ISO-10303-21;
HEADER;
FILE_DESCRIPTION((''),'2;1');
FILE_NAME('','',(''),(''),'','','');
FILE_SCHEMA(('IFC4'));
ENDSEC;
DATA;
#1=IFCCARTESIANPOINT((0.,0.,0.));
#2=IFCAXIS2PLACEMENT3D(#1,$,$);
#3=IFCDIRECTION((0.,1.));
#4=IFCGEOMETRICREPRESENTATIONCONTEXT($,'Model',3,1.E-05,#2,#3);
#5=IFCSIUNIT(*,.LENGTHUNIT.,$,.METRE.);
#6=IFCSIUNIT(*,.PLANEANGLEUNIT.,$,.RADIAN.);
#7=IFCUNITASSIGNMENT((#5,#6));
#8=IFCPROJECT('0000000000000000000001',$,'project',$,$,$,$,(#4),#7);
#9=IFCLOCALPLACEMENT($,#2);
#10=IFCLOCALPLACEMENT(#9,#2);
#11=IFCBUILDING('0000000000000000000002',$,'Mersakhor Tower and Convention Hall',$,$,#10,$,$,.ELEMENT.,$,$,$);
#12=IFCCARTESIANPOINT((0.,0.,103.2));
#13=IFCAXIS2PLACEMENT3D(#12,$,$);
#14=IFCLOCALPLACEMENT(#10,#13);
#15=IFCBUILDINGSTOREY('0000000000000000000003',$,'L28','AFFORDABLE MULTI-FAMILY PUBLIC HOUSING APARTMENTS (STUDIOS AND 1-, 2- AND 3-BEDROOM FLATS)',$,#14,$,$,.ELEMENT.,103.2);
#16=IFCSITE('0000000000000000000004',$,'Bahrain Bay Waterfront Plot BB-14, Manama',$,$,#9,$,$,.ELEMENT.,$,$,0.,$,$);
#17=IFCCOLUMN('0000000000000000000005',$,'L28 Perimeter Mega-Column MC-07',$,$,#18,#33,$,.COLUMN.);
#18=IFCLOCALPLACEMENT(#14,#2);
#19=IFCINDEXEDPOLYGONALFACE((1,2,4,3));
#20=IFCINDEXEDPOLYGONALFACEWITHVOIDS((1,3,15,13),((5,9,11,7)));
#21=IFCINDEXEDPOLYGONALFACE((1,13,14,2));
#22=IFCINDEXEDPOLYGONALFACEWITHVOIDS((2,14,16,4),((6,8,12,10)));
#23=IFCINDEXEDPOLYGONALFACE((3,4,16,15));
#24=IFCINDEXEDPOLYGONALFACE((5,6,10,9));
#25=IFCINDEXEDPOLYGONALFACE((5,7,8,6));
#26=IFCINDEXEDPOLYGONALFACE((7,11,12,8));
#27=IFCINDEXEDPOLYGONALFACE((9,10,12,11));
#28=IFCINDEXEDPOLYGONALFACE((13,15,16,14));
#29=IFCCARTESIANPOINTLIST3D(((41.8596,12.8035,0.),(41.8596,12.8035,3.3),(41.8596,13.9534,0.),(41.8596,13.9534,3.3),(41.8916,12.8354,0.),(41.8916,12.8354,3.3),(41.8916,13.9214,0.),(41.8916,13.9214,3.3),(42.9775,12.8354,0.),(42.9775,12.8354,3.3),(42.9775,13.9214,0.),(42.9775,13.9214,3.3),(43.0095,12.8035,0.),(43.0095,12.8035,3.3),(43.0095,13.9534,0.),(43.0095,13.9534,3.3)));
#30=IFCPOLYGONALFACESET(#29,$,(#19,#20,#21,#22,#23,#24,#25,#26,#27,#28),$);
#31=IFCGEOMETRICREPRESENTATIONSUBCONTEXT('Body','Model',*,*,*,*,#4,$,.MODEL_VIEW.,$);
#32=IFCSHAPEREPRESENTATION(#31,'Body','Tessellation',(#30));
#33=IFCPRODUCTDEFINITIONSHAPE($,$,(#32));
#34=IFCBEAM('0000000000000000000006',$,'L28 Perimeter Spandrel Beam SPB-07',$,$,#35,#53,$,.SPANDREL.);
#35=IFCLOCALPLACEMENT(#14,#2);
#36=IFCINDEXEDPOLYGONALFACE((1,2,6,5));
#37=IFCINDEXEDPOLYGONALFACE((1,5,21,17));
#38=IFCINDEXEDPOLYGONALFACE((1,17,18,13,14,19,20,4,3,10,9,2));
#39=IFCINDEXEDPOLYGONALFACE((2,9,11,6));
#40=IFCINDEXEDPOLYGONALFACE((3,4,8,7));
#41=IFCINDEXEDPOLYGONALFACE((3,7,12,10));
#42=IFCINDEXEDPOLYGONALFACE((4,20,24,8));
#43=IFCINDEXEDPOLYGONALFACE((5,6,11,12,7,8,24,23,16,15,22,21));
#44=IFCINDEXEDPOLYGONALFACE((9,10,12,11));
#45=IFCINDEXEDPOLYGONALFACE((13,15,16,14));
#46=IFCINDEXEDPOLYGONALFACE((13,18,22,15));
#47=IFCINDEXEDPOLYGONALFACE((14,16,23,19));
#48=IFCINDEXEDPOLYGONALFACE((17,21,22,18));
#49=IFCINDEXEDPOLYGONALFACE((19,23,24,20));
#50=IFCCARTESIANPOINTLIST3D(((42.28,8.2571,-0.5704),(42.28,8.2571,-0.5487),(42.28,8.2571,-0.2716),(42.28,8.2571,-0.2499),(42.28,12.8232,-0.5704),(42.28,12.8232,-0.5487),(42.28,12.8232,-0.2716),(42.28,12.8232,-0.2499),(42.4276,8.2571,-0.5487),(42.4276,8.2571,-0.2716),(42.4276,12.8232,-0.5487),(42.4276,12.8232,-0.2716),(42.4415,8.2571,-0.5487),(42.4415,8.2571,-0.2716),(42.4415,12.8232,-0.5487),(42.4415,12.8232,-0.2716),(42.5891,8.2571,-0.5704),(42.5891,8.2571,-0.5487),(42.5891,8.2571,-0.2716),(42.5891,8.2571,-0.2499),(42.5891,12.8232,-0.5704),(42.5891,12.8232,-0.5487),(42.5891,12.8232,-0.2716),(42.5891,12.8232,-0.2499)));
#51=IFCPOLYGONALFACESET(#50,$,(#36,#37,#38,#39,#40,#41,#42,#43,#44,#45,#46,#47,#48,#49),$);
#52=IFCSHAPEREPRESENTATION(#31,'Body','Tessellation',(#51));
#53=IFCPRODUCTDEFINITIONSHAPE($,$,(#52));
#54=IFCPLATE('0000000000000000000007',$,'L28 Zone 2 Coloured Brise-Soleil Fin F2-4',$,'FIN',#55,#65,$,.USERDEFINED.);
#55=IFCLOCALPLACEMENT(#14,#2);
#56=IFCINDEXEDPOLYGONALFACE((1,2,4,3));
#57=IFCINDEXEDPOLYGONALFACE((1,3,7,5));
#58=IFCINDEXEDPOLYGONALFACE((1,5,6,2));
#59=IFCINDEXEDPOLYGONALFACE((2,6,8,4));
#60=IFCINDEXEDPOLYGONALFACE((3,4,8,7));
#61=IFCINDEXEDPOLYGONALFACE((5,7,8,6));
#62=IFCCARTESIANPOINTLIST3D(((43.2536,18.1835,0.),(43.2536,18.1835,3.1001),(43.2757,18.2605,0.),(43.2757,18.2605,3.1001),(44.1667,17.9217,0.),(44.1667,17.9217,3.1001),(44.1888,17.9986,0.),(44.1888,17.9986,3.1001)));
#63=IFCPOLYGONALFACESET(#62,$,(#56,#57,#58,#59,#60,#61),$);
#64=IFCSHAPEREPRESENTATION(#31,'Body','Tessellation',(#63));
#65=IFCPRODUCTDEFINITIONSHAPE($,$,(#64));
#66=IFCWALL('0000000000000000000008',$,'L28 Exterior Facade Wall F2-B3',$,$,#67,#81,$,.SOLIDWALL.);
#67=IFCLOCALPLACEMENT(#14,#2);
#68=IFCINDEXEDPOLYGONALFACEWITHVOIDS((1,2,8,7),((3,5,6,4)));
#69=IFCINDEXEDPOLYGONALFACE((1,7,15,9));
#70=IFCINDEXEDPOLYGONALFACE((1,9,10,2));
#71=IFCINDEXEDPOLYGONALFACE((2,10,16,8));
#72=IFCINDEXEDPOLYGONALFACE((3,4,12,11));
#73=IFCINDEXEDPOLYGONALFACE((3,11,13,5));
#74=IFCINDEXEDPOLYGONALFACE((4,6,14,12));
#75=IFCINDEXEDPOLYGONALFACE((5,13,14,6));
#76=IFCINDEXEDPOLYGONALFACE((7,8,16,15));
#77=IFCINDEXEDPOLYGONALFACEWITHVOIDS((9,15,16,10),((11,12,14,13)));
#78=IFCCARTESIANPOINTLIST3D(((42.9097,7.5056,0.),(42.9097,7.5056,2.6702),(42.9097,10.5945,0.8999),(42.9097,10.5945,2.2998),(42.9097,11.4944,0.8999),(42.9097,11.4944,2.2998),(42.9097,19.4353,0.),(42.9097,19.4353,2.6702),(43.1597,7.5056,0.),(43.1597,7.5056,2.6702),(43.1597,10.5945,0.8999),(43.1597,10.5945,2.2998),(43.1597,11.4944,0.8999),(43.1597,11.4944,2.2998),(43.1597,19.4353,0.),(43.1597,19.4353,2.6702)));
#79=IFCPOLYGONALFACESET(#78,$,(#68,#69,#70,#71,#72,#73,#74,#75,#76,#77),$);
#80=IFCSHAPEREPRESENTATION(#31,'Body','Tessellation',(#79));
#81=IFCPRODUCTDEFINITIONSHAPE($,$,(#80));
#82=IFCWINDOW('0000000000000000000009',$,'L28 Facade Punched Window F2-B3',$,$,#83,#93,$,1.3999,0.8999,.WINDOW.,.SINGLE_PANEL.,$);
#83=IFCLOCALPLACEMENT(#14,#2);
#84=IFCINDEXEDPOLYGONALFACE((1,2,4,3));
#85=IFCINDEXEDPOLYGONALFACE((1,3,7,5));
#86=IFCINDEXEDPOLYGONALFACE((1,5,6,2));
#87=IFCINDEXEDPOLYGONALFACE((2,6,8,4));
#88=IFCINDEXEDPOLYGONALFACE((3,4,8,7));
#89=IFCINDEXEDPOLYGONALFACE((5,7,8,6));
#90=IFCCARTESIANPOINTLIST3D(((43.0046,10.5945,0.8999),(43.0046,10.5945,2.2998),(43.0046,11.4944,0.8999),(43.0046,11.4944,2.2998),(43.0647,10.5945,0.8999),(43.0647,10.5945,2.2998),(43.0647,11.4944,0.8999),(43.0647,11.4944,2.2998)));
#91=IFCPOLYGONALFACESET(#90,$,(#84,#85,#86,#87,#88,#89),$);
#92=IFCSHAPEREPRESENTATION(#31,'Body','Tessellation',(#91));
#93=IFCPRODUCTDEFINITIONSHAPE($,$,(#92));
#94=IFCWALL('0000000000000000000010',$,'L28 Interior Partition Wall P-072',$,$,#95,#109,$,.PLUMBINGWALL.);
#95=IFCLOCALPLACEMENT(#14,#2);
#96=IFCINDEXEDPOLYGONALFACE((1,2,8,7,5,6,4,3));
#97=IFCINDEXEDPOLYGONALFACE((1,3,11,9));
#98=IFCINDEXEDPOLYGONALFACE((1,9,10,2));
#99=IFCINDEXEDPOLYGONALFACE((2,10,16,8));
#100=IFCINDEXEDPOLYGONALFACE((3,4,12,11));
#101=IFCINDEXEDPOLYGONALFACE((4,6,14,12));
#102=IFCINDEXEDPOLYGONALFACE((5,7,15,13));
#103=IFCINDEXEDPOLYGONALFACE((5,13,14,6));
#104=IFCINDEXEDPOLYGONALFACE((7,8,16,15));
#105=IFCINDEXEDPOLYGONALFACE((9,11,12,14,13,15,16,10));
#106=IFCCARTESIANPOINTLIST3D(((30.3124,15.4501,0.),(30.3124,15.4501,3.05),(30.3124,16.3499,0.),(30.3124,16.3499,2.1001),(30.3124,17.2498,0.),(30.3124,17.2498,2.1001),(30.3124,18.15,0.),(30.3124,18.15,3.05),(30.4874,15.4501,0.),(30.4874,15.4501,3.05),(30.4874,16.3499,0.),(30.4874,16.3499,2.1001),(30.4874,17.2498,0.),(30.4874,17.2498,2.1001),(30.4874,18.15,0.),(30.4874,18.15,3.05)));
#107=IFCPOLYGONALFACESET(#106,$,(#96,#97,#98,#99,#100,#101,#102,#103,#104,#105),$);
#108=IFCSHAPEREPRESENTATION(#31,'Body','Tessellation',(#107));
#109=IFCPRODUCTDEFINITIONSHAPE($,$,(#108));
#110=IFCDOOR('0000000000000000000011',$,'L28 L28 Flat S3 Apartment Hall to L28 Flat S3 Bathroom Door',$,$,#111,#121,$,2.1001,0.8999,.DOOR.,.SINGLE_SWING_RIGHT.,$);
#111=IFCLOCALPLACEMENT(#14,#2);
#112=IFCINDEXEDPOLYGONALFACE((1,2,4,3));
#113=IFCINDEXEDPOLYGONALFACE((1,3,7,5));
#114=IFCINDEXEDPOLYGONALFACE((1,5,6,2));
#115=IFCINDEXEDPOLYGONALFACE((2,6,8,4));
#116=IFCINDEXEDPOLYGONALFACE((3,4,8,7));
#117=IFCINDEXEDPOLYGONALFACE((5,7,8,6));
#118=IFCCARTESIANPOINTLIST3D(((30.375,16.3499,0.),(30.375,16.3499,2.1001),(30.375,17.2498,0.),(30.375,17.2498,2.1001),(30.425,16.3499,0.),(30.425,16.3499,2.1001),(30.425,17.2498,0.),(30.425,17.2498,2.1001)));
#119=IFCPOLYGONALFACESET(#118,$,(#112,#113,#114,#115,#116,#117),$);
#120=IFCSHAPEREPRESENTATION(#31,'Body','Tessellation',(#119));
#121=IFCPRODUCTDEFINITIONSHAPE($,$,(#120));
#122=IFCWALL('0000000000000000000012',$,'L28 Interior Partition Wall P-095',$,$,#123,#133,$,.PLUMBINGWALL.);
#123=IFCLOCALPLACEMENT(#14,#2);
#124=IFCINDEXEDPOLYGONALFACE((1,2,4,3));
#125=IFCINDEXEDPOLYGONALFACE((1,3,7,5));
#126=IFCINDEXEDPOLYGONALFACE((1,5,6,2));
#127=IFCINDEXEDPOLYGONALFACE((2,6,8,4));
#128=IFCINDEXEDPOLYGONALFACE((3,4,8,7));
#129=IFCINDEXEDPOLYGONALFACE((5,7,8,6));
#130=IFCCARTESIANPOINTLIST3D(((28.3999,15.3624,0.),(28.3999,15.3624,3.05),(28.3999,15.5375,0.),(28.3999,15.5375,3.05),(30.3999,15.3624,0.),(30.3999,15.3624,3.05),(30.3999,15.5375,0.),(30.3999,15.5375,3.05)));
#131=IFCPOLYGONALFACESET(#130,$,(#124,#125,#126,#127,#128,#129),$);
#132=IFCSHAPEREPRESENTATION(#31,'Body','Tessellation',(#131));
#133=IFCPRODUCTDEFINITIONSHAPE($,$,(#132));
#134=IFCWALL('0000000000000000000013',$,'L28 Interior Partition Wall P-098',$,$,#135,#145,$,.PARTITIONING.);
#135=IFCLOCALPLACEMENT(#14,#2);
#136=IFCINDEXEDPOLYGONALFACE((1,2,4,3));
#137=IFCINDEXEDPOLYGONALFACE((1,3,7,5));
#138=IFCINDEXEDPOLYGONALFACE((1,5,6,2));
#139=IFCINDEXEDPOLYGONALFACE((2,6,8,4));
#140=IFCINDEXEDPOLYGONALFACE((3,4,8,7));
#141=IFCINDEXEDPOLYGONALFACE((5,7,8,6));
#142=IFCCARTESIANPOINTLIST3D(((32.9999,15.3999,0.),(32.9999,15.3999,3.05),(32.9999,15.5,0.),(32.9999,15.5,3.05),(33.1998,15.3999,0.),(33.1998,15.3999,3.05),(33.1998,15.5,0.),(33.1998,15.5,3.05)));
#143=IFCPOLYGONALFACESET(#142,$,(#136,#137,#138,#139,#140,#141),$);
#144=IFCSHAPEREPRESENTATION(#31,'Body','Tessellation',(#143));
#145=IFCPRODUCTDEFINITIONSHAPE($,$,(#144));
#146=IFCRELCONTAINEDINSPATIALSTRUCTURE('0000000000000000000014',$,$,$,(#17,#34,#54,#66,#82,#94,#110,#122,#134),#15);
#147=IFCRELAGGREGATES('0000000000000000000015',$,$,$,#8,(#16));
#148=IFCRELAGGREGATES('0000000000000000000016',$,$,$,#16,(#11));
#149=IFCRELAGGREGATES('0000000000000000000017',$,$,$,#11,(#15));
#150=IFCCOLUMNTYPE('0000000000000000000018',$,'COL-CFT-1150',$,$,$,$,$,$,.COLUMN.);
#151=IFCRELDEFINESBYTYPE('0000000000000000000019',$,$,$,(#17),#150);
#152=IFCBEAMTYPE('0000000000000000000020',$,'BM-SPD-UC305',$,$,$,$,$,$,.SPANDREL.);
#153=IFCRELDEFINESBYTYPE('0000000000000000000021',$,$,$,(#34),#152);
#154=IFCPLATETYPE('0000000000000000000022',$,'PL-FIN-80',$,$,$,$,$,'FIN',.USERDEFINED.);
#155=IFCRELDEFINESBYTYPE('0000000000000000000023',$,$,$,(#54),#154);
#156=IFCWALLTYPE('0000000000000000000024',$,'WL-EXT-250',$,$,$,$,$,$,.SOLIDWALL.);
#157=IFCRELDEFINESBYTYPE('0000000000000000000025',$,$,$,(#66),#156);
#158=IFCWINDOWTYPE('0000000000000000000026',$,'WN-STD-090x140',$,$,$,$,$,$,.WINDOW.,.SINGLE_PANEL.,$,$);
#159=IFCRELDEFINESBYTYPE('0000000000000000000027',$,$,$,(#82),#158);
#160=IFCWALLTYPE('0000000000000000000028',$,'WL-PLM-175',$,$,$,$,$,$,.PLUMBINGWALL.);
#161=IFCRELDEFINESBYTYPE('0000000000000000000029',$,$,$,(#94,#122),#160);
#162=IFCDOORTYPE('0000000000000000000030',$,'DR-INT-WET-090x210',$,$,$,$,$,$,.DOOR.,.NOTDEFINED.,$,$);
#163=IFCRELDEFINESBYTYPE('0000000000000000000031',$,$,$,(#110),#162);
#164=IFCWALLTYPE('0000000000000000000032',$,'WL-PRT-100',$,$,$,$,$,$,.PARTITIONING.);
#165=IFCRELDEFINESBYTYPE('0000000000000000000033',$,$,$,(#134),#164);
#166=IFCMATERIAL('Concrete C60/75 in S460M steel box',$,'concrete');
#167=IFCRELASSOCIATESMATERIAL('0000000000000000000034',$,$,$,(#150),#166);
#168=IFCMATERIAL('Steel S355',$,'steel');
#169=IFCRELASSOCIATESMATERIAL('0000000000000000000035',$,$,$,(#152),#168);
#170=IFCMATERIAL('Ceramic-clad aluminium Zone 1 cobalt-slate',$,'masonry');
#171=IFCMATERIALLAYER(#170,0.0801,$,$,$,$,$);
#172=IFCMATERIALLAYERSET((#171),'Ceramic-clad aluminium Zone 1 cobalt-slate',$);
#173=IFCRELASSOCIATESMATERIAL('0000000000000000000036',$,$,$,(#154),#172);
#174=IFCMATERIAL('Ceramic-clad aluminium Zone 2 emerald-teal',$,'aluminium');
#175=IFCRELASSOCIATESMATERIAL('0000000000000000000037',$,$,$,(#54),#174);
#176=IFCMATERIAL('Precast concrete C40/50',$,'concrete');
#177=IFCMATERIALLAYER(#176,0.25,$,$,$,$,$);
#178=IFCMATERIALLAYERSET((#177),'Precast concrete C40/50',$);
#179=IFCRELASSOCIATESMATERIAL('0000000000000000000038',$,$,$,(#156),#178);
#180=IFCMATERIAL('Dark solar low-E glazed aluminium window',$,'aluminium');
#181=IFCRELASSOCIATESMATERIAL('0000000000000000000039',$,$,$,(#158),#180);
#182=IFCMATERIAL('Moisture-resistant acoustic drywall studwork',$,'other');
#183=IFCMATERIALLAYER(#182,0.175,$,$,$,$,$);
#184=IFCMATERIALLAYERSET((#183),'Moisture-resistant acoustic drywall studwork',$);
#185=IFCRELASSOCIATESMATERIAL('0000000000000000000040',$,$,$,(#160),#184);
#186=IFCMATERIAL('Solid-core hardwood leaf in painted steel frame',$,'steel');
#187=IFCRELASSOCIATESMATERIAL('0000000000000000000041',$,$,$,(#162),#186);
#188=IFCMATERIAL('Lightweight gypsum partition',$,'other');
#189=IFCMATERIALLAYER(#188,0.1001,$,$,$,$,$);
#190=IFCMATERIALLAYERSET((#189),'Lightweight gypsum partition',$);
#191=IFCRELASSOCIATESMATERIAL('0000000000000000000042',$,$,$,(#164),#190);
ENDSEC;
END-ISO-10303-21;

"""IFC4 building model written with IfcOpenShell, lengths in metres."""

from ifc_helpers import new_model, si_unit, direction, frame, frame_2d, origin, origin_2d, place, context, subcontext, project, spatial, rectangle, hollow_rectangle, i_section, extrude, material, layer, layer_set, material_profile, profile_set, type_object, element, fill, save


model = new_model("IFC4")

# Units and contexts
model_context = context("Model", 3, precision=1e-05, world=origin(), true_north=direction((0.0, 1.0)))
body_context = subcontext(model_context, "Body", "Model", "MODEL_VIEW")
ifc_project = project(units=[si_unit("LENGTHUNIT", "METRE"), si_unit("PLANEANGLEUNIT", "RADIAN")], contexts=[model_context])

# Site, building, storey
site_placement = place(None, origin())
site = spatial("IfcSite", under=ifc_project, at=site_placement, Name="Bahrain Bay Waterfront Plot BB-14, Manama", CompositionType="ELEMENT", RefElevation=0.0)
building_placement = place(site_placement, origin())
building = spatial("IfcBuilding", under=site, at=building_placement, Name="Mersakhor Tower and Convention Hall", CompositionType="ELEMENT")
storey_placement = place(building_placement, frame((0.0, 0.0, 103.2)))
storey = spatial("IfcBuildingStorey", under=building, at=storey_placement, Name="L28", Description="AFFORDABLE MULTI-FAMILY PUBLIC HOUSING APARTMENTS (STUDIOS AND 1-, 2- AND 3-BEDROOM FLATS)", CompositionType="ELEMENT", Elevation=103.2)

# Column
ifc_material_1 = material(Name="Concrete C60/75 in S460M steel box", Category="concrete")
ifc_material_profile_1 = material_profile(ifc_material_1, hollow_rectangle(XDim=1.1499, YDim=1.1499, WallThickness=0.032, at=origin_2d()), Name="SHS 1150x1150x32")
ifc_profile_set_1 = profile_set([ifc_material_profile_1], Name="Concrete C60/75 in S460M steel box")
column_type = type_object("IfcColumnType", Name="COL-CFT-1150", PredefinedType="COLUMN", material=ifc_profile_set_1)
column_placement = place(storey_placement, frame((42.4346, 13.3784, 0.0), z_axis=(0.0, 0.0, 1.0), x_axis=(1.0, 0.0, 0.0)))
element("IfcColumn", 1, at=column_placement, inside=storey, type_object=column_type, Name="L28 Perimeter Mega-Column MC-07", PredefinedType="COLUMN", context=body_context, shape_type="SweptSolid", body=[
    extrude(hollow_rectangle(XDim=1.1499, YDim=1.1499, WallThickness=0.032, at=origin_2d()), origin(), (0.0, 0.0, 1.0), 3.3),
])

# Beam
ifc_material_2 = material(Name="Steel S355", Category="steel")
ifc_material_profile_2 = material_profile(ifc_material_2, i_section(OverallWidth=0.3091, OverallDepth=0.3206, WebThickness=0.0139, FlangeThickness=0.0217, at=origin_2d()), Name="UC 305x305x137")
ifc_profile_set_2 = profile_set([ifc_material_profile_2], Name="Steel S355")
beam_type = type_object("IfcBeamType", Name="BM-SPD-UC305", PredefinedType="SPANDREL", material=ifc_profile_set_2)
beam_placement = place(storey_placement, frame((42.4346, 12.8232, -0.4102), z_axis=(0.0, -1.0, 0.0), x_axis=(1.0, 0.0, 0.0)))
element("IfcBeam", 2, at=beam_placement, inside=storey, type_object=beam_type, Name="L28 Perimeter Spandrel Beam SPB-07", PredefinedType="SPANDREL", context=body_context, shape_type="SweptSolid", body=[
    extrude(i_section(OverallWidth=0.3091, OverallDepth=0.3206, WebThickness=0.0139, FlangeThickness=0.0217, at=origin_2d()), origin(), (0.0, 0.0, 1.0), 4.5662),
])

# Plate
ifc_material_3 = material(Name="Ceramic-clad aluminium Zone 2 emerald-teal", Category="aluminium")
ifc_material_4 = material(Name="Ceramic-clad aluminium Zone 1 cobalt-slate", Category="masonry")
ifc_layer_1 = layer(ifc_material_4, 0.0801)
ifc_layer_set_1 = layer_set([ifc_layer_1], Name="Ceramic-clad aluminium Zone 1 cobalt-slate")
plate_type = type_object("IfcPlateType", Name="PL-FIN-80", ElementType="FIN", PredefinedType="USERDEFINED", material=ifc_layer_set_1)
plate_placement = place(storey_placement, frame((43.7212, 18.0911, 0.0), z_axis=(0.0, 0.0, 1.0), x_axis=(0.961262, -0.275637, 0.0)))
element("IfcPlate", 3, at=plate_placement, inside=storey, type_object=plate_type, material=ifc_material_3, Name="L28 Zone 2 Coloured Brise-Soleil Fin F2-4", ObjectType="FIN", PredefinedType="USERDEFINED", context=body_context, shape_type="SweptSolid", body=[
    extrude(rectangle(XDim=0.95, YDim=0.0801, at=origin_2d()), origin(), (0.0, 0.0, 1.0), 3.1001),
])

# Wall, opening, window
ifc_material_5 = material(Name="Precast concrete C40/50", Category="concrete")
ifc_layer_2 = layer(ifc_material_5, 0.25)
ifc_layer_set_2 = layer_set([ifc_layer_2], Name="Precast concrete C40/50")
wall_type_1 = type_object("IfcWallType", Name="WL-EXT-250", PredefinedType="SOLIDWALL", material=ifc_layer_set_2)
wall_1_placement = place(storey_placement, frame((43.0347, 19.4353, 0.0), z_axis=(0.0, 0.0, 1.0), x_axis=(0.0, -1.0, 0.0)))
wall_1 = element("IfcWall", 4, at=wall_1_placement, inside=storey, type_object=wall_type_1, Name="L28 Exterior Facade Wall F2-B3", PredefinedType="SOLIDWALL", context=body_context, shape_type="SweptSolid", body=[
    extrude(rectangle(XDim=11.9297, YDim=0.25, at=frame_2d((5.9648, 0.0))), origin(), (0.0, 0.0, 1.0), 2.6702),
])
opening_1_placement = place(wall_1_placement, frame((7.9409, 0.0, 0.8999)))
opening_1 = element("IfcOpeningElement", 5, at=opening_1_placement, cuts=wall_1, PredefinedType="OPENING", context=body_context, shape_type="SweptSolid", body=[
    extrude(rectangle(XDim=0.8999, YDim=1.3999, at=frame_2d((0.45, 0.7))), frame((0.0, 0.135, 0.0), z_axis=(0.0, -1.0, 0.0), x_axis=(1.0, 0.0, 0.0)), (0.0, 0.0, 1.0), 0.27),
])
ifc_material_6 = material(Name="Dark solar low-E glazed aluminium window", Category="aluminium")
window_type = type_object("IfcWindowType", Name="WN-STD-090x140", PartitioningType="SINGLE_PANEL", PredefinedType="WINDOW", material=ifc_material_6)
window_placement = place(opening_1_placement, origin())
window = element("IfcWindow", 6, at=window_placement, inside=storey, type_object=window_type, Name="L28 Facade Punched Window F2-B3", OverallHeight=1.3999, OverallWidth=0.8999, PartitioningType="SINGLE_PANEL", PredefinedType="WINDOW", context=body_context, shape_type="SweptSolid", body=[
    extrude(rectangle(XDim=0.8999, YDim=1.3999, at=frame_2d((0.45, 0.7))), frame((0.0, 0.03, 0.0), z_axis=(0.0, -1.0, 0.0), x_axis=(1.0, 0.0, 0.0)), (0.0, 0.0, 1.0), 0.0601),
])
fill(opening_1, window)

# Wall, opening, door
ifc_material_7 = material(Name="Moisture-resistant acoustic drywall studwork", Category="other")
ifc_layer_3 = layer(ifc_material_7, 0.175)
ifc_layer_set_3 = layer_set([ifc_layer_3], Name="Moisture-resistant acoustic drywall studwork")
wall_type_2 = type_object("IfcWallType", Name="WL-PLM-175", PredefinedType="PLUMBINGWALL", material=ifc_layer_set_3)
wall_2_placement = place(storey_placement, frame((30.3999, 15.45, 0.0), z_axis=(0.0, 0.0, 1.0), x_axis=(0.0, 1.0, 0.0)))
wall_2 = element("IfcWall", 7, at=wall_2_placement, inside=storey, type_object=wall_type_2, Name="L28 Interior Partition Wall P-072", PredefinedType="PLUMBINGWALL", context=body_context, shape_type="SweptSolid", body=[
    extrude(rectangle(XDim=2.7, YDim=0.175, at=frame_2d((1.3501, 0.0))), origin(), (0.0, 0.0, 1.0), 3.05),
])
opening_2_placement = place(wall_2_placement, frame((0.8999, 0.0, 0.0)))
opening_2 = element("IfcOpeningElement", 8, at=opening_2_placement, cuts=wall_2, PredefinedType="OPENING", context=body_context, shape_type="SweptSolid", body=[
    extrude(rectangle(XDim=0.8999, YDim=2.1001, at=frame_2d((0.45, 1.05))), frame((0.0, 0.0974, 0.0), z_axis=(0.0, -1.0, 0.0), x_axis=(1.0, 0.0, 0.0)), (0.0, 0.0, 1.0), 0.1951),
])
ifc_material_8 = material(Name="Solid-core hardwood leaf in painted steel frame", Category="steel")
door_type_1 = type_object("IfcDoorType", Name="DR-INT-WET-090x210", OperationType="NOTDEFINED", PredefinedType="DOOR", material=ifc_material_8)
door_1_placement = place(opening_2_placement, origin())
door_1 = element("IfcDoor", 9, at=door_1_placement, inside=storey, type_object=door_type_1, Name="L28 L28 Flat S3 Apartment Hall to L28 Flat S3 Bathroom Door", OperationType="SINGLE_SWING_RIGHT", OverallHeight=2.1001, OverallWidth=0.8999, PredefinedType="DOOR", context=body_context, shape_type="SweptSolid", body=[
    extrude(rectangle(XDim=0.8999, YDim=2.1001, at=frame_2d((0.45, 1.05))), frame((0.0, 0.0249, 0.0), z_axis=(0.0, -1.0, 0.0), x_axis=(1.0, 0.0, 0.0)), (0.0, 0.0, 1.0), 0.05),
])
fill(opening_2, door_1)

# Walls
wall_3_placement = place(storey_placement, frame((30.3999, 15.45, 0.0), z_axis=(0.0, 0.0, 1.0), x_axis=(-1.0, 0.0, 0.0)))
element("IfcWall", 10, at=wall_3_placement, inside=storey, type_object=wall_type_2, Name="L28 Interior Partition Wall P-095", PredefinedType="PLUMBINGWALL", context=body_context, shape_type="SweptSolid", body=[
    extrude(rectangle(XDim=2.0, YDim=0.175, at=frame_2d((1.0, 0.0))), origin(), (0.0, 0.0, 1.0), 3.05),
])
ifc_material_9 = material(Name="Lightweight gypsum partition", Category="other")
ifc_layer_4 = layer(ifc_material_9, 0.1001)
ifc_layer_set_4 = layer_set([ifc_layer_4], Name="Lightweight gypsum partition")
wall_type_3 = type_object("IfcWallType", Name="WL-PRT-100", PredefinedType="PARTITIONING", material=ifc_layer_set_4)
wall_4_placement = place(storey_placement, frame((33.2, 15.45, 0.0), z_axis=(0.0, 0.0, 1.0), x_axis=(-1.0, 0.0, 0.0)))
element("IfcWall", 11, at=wall_4_placement, inside=storey, type_object=wall_type_3, Name="L28 Interior Partition Wall P-098", PredefinedType="PARTITIONING", context=body_context, shape_type="SweptSolid", body=[
    extrude(rectangle(XDim=0.2, YDim=0.1001, at=frame_2d((0.1001, 0.0))), origin(), (0.0, 0.0, 1.0), 3.05),
])

save(model, "model.ifc")
